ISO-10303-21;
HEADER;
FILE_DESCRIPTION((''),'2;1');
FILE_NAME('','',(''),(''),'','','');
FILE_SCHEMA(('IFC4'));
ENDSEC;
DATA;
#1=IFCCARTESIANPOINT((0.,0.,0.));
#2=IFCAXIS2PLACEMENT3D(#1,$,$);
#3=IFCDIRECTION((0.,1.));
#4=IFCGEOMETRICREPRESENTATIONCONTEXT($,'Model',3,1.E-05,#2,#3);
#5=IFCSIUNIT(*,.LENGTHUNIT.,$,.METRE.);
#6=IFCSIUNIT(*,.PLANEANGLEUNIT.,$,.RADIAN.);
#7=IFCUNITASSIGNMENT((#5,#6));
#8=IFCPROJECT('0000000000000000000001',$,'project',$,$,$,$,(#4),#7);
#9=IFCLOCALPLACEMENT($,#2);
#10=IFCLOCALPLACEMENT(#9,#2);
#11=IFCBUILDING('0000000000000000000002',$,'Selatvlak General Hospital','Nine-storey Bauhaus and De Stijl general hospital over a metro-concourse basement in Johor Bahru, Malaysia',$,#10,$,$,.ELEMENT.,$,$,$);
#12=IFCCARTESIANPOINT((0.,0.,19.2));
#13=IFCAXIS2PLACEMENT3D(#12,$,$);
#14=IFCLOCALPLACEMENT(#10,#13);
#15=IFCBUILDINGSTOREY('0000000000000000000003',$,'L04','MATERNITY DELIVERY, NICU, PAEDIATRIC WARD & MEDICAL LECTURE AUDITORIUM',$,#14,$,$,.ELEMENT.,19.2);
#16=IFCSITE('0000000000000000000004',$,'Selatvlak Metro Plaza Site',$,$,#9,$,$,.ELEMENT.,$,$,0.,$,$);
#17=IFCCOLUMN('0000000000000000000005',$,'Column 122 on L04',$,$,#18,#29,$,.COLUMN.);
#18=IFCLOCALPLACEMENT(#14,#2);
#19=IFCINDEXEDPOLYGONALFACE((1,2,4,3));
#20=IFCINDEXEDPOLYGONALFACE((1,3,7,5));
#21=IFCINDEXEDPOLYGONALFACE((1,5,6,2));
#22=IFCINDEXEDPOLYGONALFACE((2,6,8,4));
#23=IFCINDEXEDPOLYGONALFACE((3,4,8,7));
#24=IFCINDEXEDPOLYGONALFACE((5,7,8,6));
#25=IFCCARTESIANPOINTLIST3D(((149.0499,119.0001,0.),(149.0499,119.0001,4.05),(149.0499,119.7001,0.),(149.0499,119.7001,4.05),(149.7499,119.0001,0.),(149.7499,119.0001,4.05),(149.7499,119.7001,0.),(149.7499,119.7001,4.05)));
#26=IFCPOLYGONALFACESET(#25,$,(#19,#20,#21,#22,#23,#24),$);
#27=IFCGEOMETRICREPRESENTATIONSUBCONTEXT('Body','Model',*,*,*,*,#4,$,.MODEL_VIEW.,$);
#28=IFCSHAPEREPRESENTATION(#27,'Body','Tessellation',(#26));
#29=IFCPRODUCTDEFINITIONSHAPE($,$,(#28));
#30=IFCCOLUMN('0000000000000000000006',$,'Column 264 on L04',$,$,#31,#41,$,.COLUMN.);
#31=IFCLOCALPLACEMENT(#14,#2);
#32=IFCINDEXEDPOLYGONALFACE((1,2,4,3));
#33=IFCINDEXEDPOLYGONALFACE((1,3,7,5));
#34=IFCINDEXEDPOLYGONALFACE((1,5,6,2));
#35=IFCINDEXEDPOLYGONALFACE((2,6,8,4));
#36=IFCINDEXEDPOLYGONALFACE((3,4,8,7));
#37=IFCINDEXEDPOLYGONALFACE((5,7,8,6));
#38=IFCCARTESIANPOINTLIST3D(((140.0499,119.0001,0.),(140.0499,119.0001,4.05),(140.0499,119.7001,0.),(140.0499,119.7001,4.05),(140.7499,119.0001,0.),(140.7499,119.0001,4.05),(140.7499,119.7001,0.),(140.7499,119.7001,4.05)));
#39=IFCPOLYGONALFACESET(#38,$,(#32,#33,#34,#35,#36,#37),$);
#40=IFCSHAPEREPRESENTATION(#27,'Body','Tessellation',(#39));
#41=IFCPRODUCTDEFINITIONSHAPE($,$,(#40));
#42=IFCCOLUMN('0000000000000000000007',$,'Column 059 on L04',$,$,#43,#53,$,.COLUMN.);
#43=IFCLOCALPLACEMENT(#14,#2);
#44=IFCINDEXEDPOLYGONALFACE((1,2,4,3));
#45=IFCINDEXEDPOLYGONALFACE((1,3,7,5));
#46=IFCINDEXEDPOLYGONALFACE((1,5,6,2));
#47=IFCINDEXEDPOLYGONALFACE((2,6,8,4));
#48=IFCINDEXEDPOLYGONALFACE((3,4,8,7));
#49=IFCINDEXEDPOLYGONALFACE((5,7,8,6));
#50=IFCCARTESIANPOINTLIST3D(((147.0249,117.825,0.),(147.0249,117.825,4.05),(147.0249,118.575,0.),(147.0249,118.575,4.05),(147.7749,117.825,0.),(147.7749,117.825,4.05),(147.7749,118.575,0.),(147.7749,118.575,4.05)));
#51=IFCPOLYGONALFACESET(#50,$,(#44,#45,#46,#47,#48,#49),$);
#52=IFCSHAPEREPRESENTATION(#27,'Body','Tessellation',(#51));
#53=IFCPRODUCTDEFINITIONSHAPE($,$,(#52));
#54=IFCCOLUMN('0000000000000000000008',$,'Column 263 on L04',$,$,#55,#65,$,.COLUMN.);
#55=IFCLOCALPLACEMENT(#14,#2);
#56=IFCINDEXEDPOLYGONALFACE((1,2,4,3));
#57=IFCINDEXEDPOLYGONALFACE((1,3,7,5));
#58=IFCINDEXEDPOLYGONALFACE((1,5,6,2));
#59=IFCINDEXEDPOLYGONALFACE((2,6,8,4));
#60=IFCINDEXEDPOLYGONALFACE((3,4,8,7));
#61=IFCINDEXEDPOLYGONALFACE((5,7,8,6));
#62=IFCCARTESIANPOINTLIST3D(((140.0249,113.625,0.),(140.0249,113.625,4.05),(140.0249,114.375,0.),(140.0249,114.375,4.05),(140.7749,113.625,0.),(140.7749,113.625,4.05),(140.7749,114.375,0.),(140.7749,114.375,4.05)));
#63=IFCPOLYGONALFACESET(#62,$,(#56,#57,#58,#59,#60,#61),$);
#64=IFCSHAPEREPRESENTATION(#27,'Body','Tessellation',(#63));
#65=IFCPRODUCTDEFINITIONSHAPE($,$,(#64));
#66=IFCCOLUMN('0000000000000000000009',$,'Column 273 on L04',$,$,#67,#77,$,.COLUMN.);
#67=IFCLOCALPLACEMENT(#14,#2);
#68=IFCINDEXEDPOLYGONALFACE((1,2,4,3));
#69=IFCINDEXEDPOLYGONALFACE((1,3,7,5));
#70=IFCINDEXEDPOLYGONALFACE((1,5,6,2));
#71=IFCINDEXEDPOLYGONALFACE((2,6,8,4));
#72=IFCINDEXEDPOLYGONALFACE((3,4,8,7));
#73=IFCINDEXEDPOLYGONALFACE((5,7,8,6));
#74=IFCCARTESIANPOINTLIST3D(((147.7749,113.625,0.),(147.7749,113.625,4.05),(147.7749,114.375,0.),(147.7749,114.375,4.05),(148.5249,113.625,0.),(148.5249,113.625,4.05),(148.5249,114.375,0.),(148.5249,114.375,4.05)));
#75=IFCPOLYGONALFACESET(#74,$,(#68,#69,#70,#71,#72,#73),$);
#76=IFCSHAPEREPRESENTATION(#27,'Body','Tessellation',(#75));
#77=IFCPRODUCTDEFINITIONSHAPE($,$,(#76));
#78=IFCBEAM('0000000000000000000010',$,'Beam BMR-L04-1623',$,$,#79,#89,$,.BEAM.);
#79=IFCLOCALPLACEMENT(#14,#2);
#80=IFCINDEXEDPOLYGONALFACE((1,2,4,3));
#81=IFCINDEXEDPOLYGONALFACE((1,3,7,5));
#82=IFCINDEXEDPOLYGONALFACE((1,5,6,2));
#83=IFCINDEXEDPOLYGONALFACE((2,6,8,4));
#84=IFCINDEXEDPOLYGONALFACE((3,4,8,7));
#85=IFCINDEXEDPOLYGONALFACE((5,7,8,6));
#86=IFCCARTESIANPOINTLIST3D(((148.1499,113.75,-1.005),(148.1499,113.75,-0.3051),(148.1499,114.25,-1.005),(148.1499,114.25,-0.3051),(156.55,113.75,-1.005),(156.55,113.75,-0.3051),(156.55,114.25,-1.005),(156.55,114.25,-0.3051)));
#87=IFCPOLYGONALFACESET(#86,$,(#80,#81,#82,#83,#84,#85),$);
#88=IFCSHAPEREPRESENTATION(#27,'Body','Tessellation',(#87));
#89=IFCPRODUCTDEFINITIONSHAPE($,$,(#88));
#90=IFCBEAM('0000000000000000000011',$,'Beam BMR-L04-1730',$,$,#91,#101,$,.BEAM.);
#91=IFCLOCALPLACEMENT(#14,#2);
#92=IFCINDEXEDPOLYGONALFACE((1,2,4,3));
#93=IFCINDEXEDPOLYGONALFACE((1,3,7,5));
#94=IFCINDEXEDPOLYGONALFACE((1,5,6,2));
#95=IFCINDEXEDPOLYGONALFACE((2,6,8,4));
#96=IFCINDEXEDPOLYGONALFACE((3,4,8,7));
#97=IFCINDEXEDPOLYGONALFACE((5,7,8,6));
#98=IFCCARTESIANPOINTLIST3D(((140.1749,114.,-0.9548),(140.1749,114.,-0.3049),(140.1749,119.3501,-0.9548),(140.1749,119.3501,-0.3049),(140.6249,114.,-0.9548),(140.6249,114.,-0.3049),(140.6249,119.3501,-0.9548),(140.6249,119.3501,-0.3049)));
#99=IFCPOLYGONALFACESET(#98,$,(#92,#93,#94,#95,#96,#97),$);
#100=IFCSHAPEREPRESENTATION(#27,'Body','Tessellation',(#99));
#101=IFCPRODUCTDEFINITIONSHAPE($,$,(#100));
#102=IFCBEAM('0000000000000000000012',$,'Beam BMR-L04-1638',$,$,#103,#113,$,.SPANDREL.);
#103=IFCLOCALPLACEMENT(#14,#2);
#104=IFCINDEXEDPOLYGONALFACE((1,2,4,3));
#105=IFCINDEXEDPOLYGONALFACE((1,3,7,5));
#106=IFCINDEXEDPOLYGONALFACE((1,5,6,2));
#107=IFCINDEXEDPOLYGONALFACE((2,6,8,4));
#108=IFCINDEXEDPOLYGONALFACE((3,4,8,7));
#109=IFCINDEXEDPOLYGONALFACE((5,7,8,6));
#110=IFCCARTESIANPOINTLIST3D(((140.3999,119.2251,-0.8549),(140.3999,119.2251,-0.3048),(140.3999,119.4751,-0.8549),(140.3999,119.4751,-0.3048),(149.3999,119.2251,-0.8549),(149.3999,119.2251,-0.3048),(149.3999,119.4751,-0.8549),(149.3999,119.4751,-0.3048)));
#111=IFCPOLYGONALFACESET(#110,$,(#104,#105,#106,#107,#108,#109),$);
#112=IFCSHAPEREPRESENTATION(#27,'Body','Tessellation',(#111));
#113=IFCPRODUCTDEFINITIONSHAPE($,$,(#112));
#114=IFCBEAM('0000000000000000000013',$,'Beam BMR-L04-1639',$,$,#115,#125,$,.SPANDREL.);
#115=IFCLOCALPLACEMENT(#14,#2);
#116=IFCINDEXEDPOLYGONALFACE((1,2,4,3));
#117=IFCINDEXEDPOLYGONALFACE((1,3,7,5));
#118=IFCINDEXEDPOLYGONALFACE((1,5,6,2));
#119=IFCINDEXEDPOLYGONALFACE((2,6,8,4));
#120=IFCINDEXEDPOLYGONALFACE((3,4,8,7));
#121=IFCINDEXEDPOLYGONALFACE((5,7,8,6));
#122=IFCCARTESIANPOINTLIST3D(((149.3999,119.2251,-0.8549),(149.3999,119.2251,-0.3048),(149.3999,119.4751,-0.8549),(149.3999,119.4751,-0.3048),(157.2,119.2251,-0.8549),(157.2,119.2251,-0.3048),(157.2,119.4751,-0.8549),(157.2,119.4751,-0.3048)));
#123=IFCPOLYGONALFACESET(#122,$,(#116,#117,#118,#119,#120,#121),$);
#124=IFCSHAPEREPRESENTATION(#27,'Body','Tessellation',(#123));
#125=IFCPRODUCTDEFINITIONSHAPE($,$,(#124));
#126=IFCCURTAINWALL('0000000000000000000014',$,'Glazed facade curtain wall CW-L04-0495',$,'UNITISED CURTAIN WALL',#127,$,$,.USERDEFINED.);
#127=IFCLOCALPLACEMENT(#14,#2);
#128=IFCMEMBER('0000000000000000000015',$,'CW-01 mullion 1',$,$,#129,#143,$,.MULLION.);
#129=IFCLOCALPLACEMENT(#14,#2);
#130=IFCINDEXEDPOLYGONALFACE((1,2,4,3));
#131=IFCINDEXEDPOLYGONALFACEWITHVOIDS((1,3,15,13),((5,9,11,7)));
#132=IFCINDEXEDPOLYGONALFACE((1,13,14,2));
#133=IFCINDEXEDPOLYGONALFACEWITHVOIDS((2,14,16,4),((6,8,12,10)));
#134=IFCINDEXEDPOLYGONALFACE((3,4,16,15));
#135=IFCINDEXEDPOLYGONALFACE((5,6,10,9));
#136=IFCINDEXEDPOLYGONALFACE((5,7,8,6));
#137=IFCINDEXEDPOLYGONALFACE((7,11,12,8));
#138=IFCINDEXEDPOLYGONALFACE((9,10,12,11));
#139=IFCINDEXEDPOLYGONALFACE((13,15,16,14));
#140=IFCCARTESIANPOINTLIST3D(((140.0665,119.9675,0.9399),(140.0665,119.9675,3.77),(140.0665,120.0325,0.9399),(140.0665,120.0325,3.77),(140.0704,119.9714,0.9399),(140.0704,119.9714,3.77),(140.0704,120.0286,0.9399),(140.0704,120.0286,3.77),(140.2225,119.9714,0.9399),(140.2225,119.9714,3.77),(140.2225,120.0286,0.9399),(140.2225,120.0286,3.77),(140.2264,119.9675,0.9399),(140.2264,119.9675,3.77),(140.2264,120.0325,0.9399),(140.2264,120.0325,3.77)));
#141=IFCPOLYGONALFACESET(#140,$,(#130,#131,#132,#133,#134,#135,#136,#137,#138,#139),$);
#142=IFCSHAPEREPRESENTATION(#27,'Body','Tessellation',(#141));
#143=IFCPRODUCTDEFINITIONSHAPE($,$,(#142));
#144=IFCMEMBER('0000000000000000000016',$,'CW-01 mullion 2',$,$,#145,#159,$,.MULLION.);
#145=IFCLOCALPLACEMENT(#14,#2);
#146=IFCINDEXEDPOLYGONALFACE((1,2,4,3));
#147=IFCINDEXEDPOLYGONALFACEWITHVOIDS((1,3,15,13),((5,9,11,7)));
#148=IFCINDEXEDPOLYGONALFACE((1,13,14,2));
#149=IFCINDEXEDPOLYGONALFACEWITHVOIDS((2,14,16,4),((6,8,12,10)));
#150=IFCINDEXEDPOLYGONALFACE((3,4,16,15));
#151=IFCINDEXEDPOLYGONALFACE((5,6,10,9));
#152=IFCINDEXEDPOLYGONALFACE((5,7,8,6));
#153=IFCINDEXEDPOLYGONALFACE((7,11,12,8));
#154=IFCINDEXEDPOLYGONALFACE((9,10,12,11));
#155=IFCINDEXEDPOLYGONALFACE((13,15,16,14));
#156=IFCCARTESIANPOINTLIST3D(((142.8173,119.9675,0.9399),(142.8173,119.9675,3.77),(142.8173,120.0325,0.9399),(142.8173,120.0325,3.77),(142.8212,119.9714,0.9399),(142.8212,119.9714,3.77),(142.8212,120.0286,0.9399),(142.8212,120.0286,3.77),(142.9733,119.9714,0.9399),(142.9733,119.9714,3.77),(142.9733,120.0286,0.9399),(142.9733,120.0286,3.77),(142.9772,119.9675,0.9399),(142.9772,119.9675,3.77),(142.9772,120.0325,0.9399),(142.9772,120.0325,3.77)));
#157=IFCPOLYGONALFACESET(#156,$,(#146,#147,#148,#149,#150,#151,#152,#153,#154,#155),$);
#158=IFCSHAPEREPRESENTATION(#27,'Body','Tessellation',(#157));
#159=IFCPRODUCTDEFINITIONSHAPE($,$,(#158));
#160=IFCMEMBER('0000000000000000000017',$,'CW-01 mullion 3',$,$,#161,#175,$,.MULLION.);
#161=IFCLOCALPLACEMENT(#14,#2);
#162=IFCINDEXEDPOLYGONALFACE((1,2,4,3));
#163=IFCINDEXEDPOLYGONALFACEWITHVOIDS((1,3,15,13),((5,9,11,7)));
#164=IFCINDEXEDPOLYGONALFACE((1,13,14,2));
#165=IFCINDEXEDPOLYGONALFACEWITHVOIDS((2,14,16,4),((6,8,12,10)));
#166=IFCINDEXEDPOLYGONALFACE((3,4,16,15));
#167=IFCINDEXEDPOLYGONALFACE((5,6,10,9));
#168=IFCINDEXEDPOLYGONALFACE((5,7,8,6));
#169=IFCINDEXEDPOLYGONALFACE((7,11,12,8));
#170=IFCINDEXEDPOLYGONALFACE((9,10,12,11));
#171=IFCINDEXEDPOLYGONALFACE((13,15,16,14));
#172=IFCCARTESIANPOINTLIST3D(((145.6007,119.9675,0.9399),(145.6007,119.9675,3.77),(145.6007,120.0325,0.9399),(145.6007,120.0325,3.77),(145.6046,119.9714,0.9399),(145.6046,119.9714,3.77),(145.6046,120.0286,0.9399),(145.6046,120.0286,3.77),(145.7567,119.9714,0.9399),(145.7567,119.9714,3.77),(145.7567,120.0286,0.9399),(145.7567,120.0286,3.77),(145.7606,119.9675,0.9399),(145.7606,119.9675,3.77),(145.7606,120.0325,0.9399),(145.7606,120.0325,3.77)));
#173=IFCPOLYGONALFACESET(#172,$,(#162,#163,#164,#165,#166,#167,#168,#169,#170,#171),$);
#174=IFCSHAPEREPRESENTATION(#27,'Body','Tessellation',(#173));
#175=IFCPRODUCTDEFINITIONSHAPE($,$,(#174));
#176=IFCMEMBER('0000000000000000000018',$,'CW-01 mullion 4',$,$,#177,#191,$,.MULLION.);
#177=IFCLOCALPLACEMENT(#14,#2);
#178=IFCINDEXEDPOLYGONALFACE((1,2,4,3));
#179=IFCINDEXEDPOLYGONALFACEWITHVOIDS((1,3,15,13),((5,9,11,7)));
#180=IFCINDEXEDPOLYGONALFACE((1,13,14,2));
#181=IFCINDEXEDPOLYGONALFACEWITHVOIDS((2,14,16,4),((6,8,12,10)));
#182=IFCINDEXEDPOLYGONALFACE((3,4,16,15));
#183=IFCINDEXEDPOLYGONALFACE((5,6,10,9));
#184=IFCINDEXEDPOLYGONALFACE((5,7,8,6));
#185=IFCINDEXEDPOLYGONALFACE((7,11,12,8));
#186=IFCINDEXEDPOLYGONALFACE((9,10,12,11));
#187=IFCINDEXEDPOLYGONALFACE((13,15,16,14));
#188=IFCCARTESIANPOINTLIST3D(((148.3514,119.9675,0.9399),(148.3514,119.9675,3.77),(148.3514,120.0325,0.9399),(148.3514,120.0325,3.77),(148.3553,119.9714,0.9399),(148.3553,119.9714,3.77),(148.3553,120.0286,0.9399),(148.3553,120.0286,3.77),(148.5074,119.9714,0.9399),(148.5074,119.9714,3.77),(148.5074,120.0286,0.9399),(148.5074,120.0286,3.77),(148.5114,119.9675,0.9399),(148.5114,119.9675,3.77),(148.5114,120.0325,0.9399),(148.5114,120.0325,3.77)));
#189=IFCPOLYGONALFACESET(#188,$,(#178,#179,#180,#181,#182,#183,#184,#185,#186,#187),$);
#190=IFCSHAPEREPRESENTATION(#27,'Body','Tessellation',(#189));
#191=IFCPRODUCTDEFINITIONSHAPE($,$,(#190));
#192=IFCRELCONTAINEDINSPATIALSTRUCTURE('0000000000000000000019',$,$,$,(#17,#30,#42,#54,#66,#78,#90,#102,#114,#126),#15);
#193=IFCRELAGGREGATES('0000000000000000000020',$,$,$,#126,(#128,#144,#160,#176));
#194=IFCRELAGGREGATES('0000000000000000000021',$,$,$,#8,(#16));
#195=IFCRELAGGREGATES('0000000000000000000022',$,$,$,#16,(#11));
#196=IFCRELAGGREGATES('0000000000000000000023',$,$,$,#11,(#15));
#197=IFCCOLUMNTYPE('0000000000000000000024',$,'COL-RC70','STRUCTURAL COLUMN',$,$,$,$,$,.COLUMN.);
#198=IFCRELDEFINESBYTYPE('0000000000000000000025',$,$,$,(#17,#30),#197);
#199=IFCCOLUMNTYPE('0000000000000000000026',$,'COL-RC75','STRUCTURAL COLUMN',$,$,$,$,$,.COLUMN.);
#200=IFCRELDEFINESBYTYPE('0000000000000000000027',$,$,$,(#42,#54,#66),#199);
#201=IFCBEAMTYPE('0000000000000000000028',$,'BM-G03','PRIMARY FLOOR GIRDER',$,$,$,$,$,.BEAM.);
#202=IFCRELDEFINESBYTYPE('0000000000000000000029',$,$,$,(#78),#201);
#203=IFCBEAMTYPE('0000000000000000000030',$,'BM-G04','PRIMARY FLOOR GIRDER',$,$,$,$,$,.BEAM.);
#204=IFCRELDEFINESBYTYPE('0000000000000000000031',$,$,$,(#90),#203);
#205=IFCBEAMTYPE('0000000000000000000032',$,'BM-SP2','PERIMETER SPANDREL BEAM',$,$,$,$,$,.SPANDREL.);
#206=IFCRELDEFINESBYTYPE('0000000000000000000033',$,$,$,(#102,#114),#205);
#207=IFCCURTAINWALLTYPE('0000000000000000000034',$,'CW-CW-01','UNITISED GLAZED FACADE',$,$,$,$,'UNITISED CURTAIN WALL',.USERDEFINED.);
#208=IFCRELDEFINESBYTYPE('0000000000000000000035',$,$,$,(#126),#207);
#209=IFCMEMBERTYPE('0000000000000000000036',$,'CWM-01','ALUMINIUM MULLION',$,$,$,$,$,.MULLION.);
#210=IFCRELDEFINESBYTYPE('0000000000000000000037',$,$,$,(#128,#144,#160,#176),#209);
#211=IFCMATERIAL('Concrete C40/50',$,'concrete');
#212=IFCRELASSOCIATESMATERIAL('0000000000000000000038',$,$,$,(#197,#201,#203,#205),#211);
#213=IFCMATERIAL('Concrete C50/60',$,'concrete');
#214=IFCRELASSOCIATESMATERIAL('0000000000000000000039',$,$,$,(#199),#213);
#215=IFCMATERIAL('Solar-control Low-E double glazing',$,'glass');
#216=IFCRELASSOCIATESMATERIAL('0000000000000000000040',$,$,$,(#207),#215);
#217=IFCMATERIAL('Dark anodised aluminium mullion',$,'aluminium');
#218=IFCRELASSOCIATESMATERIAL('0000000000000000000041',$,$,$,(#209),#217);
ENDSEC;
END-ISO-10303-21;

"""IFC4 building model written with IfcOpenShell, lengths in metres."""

from ifc_helpers import new_model, si_unit, direction, frame, origin, origin_2d, place, context, subcontext, project, spatial, rectangle, hollow_rectangle, extrude, material, material_profile, profile_set, type_object, element, aggregate, save


model = new_model("IFC4")

# Units and contexts
model_context = context("Model", 3, precision=1e-05, world=origin(), true_north=direction((0.0, 1.0)))
body_context = subcontext(model_context, "Body", "Model", "MODEL_VIEW")
ifc_project = project(units=[si_unit("LENGTHUNIT", "METRE"), si_unit("PLANEANGLEUNIT", "RADIAN")], contexts=[model_context])

# Site, building, storey
site_placement = place(None, origin())
site = spatial("IfcSite", under=ifc_project, at=site_placement, Name="Selatvlak Metro Plaza Site", CompositionType="ELEMENT", RefElevation=0.0)
building_placement = place(site_placement, origin())
building = spatial("IfcBuilding", under=site, at=building_placement, Name="Selatvlak General Hospital", Description="Nine-storey Bauhaus and De Stijl general hospital over a metro-concourse basement in Johor Bahru, Malaysia", CompositionType="ELEMENT")
storey_placement = place(building_placement, frame((0.0, 0.0, 19.2)))
storey = spatial("IfcBuildingStorey", under=building, at=storey_placement, Name="L04", Description="MATERNITY DELIVERY, NICU, PAEDIATRIC WARD & MEDICAL LECTURE AUDITORIUM", CompositionType="ELEMENT", Elevation=19.2)

# Columns
ifc_material_1 = material(Name="Concrete C40/50", Category="concrete")
ifc_material_profile_1 = material_profile(ifc_material_1, rectangle(XDim=0.7, YDim=0.7, at=origin_2d()), Name="RC-COL 700x700")
ifc_profile_set_1 = profile_set([ifc_material_profile_1], Name="Concrete C40/50")
column_type_1 = type_object("IfcColumnType", Name="COL-RC70", Description="STRUCTURAL COLUMN", PredefinedType="COLUMN", material=ifc_profile_set_1)
for number, where, z_axis, x_axis, name in (
    (1, (149.3999, 119.3501, 0.0), (0.0, 0.0, 1.0), (1.0, 0.0, 0.0), "Column 122 on L04"),
    (2, (140.3999, 119.3501, 0.0), (0.0, 0.0, 1.0), (1.0, 0.0, 0.0), "Column 264 on L04"),
):
    element("IfcColumn", number, at=place(storey_placement, frame(where, z_axis=z_axis, x_axis=x_axis)), inside=storey, type_object=column_type_1, Name=name, PredefinedType="COLUMN", context=body_context, shape_type="SweptSolid", body=[
        extrude(rectangle(XDim=0.7, YDim=0.7, at=origin_2d()), origin(), (0.0, 0.0, 1.0), 4.05),
    ])
ifc_material_2 = material(Name="Concrete C50/60", Category="concrete")
ifc_material_profile_2 = material_profile(ifc_material_2, rectangle(XDim=0.75, YDim=0.75, at=origin_2d()), Name="RC-COL 750x750")
ifc_profile_set_2 = profile_set([ifc_material_profile_2], Name="Concrete C50/60")
column_type_2 = type_object("IfcColumnType", Name="COL-RC75", Description="STRUCTURAL COLUMN", PredefinedType="COLUMN", material=ifc_profile_set_2)
for number, where, z_axis, x_axis, name in (
    (3, (147.3999, 118.2, 0.0), (0.0, 0.0, 1.0), (1.0, 0.0, 0.0), "Column 059 on L04"),
    (4, (140.3999, 114.0, 0.0), (0.0, 0.0, 1.0), (1.0, 0.0, 0.0), "Column 263 on L04"),
    (5, (148.1499, 114.0, 0.0), (0.0, 0.0, 1.0), (1.0, 0.0, 0.0), "Column 273 on L04"),
):
    element("IfcColumn", number, at=place(storey_placement, frame(where, z_axis=z_axis, x_axis=x_axis)), inside=storey, type_object=column_type_2, Name=name, PredefinedType="COLUMN", context=body_context, shape_type="SweptSolid", body=[
        extrude(rectangle(XDim=0.75, YDim=0.75, at=origin_2d()), origin(), (0.0, 0.0, 1.0), 4.05),
    ])

# Beams
ifc_material_profile_3 = material_profile(ifc_material_1, rectangle(XDim=0.5, YDim=0.7, at=origin_2d()), Name="RC-BM 500x700")
ifc_profile_set_3 = profile_set([ifc_material_profile_3], Name="Concrete C40/50")
beam_type_1 = type_object("IfcBeamType", Name="BM-G03", Description="PRIMARY FLOOR GIRDER", PredefinedType="BEAM", material=ifc_profile_set_3)
beam_1_placement = place(storey_placement, frame((148.1499, 114.0, -0.655), z_axis=(1.0, 0.0, 0.0), x_axis=(0.0, 1.0, 0.0)))
element("IfcBeam", 6, at=beam_1_placement, inside=storey, type_object=beam_type_1, Name="Beam BMR-L04-1623", PredefinedType="BEAM", context=body_context, shape_type="SweptSolid", body=[
    extrude(rectangle(XDim=0.5, YDim=0.7, at=origin_2d()), origin(), (0.0, 0.0, 1.0), 8.4001),
])
ifc_material_profile_4 = material_profile(ifc_material_1, rectangle(XDim=0.45, YDim=0.6499, at=origin_2d()), Name="RC-BM 450x650")
ifc_profile_set_4 = profile_set([ifc_material_profile_4], Name="Concrete C40/50")
beam_type_2 = type_object("IfcBeamType", Name="BM-G04", Description="PRIMARY FLOOR GIRDER", PredefinedType="BEAM", material=ifc_profile_set_4)
beam_2_placement = place(storey_placement, frame((140.3999, 114.0, -0.6299), z_axis=(0.0, 1.0, 0.0), x_axis=(-1.0, 0.0, 0.0)))
element("IfcBeam", 7, at=beam_2_placement, inside=storey, type_object=beam_type_2, Name="Beam BMR-L04-1730", PredefinedType="BEAM", context=body_context, shape_type="SweptSolid", body=[
    extrude(rectangle(XDim=0.45, YDim=0.6499, at=origin_2d()), origin(), (0.0, 0.0, 1.0), 5.3501),
])
ifc_material_profile_5 = material_profile(ifc_material_1, rectangle(XDim=0.25, YDim=0.55, at=origin_2d()), Name="RC-SP 250x550")
ifc_profile_set_5 = profile_set([ifc_material_profile_5], Name="Concrete C40/50")
beam_type_3 = type_object("IfcBeamType", Name="BM-SP2", Description="PERIMETER SPANDREL BEAM", PredefinedType="SPANDREL", material=ifc_profile_set_5)
beam_3_placement = place(storey_placement, frame((140.3999, 119.3501, -0.5798), z_axis=(1.0, 0.0, 0.0), x_axis=(0.0, 1.0, 0.0)))
element("IfcBeam", 8, at=beam_3_placement, inside=storey, type_object=beam_type_3, Name="Beam BMR-L04-1638", PredefinedType="SPANDREL", context=body_context, shape_type="SweptSolid", body=[
    extrude(rectangle(XDim=0.25, YDim=0.55, at=origin_2d()), origin(), (0.0, 0.0, 1.0), 9.0),
])
beam_4_placement = place(storey_placement, frame((149.3999, 119.3501, -0.5798), z_axis=(1.0, 0.0, 0.0), x_axis=(0.0, 1.0, 0.0)))
element("IfcBeam", 9, at=beam_4_placement, inside=storey, type_object=beam_type_3, Name="Beam BMR-L04-1639", PredefinedType="SPANDREL", context=body_context, shape_type="SweptSolid", body=[
    extrude(rectangle(XDim=0.25, YDim=0.55, at=origin_2d()), origin(), (0.0, 0.0, 1.0), 7.8),
])

# Curtain wall, members
ifc_material_3 = material(Name="Solar-control Low-E double glazing", Category="glass")
curtain_wall_type_1 = type_object("IfcCurtainWallType", Name="CW-CW-01", Description="UNITISED GLAZED FACADE", ElementType="UNITISED CURTAIN WALL", PredefinedType="USERDEFINED", material=ifc_material_3)
curtain_wall_1_placement = place(storey_placement, origin())
curtain_wall_1 = element("IfcCurtainWall", 10, at=curtain_wall_1_placement, inside=storey, type_object=curtain_wall_type_1, Name="Glazed facade curtain wall CW-L04-0495", ObjectType="UNITISED CURTAIN WALL", PredefinedType="USERDEFINED")
ifc_material_4 = material(Name="Dark anodised aluminium mullion", Category="aluminium")
ifc_material_profile_6 = material_profile(ifc_material_4, hollow_rectangle(XDim=0.0649, YDim=0.1599, WallThickness=0.0039, at=origin_2d()), Name="AL-MUL 65x160x4")
ifc_profile_set_6 = profile_set([ifc_material_profile_6], Name="Dark anodised aluminium mullion")
member_type_1 = type_object("IfcMemberType", Name="CWM-01", Description="ALUMINIUM MULLION", PredefinedType="MULLION", material=ifc_profile_set_6)
member_1_placement = place(storey_placement, frame((140.1465, 120.0, 0.9399), z_axis=(0.0, 0.0, 1.0), x_axis=(0.0, 1.0, 0.0)))
member_1 = element("IfcMember", 11, at=member_1_placement, type_object=member_type_1, Name="CW-01 mullion 1", PredefinedType="MULLION", context=body_context, shape_type="SweptSolid", body=[
    extrude(hollow_rectangle(XDim=0.0649, YDim=0.1599, WallThickness=0.0039, at=origin_2d()), origin(), (0.0, 0.0, 1.0), 2.8301),
])
member_2_placement = place(storey_placement, frame((142.8972, 120.0, 0.9399), z_axis=(0.0, 0.0, 1.0), x_axis=(0.0, 1.0, 0.0)))
member_2 = element("IfcMember", 12, at=member_2_placement, type_object=member_type_1, Name="CW-01 mullion 2", PredefinedType="MULLION", context=body_context, shape_type="SweptSolid", body=[
    extrude(hollow_rectangle(XDim=0.0649, YDim=0.1599, WallThickness=0.0039, at=origin_2d()), origin(), (0.0, 0.0, 1.0), 2.8301),
])
member_3_placement = place(storey_placement, frame((145.6807, 120.0, 0.9399), z_axis=(0.0, 0.0, 1.0), x_axis=(0.0, 1.0, 0.0)))
member_3 = element("IfcMember", 13, at=member_3_placement, type_object=member_type_1, Name="CW-01 mullion 3", PredefinedType="MULLION", context=body_context, shape_type="SweptSolid", body=[
    extrude(hollow_rectangle(XDim=0.0649, YDim=0.1599, WallThickness=0.0039, at=origin_2d()), origin(), (0.0, 0.0, 1.0), 2.8301),
])
member_4_placement = place(storey_placement, frame((148.4314, 120.0, 0.9399), z_axis=(0.0, 0.0, 1.0), x_axis=(0.0, 1.0, 0.0)))
member_4 = element("IfcMember", 14, at=member_4_placement, type_object=member_type_1, Name="CW-01 mullion 4", PredefinedType="MULLION", context=body_context, shape_type="SweptSolid", body=[
    extrude(hollow_rectangle(XDim=0.0649, YDim=0.1599, WallThickness=0.0039, at=origin_2d()), origin(), (0.0, 0.0, 1.0), 2.8301),
])

aggregate(curtain_wall_1, [member_1, member_2, member_3, member_4])

save(model, "model.ifc")
